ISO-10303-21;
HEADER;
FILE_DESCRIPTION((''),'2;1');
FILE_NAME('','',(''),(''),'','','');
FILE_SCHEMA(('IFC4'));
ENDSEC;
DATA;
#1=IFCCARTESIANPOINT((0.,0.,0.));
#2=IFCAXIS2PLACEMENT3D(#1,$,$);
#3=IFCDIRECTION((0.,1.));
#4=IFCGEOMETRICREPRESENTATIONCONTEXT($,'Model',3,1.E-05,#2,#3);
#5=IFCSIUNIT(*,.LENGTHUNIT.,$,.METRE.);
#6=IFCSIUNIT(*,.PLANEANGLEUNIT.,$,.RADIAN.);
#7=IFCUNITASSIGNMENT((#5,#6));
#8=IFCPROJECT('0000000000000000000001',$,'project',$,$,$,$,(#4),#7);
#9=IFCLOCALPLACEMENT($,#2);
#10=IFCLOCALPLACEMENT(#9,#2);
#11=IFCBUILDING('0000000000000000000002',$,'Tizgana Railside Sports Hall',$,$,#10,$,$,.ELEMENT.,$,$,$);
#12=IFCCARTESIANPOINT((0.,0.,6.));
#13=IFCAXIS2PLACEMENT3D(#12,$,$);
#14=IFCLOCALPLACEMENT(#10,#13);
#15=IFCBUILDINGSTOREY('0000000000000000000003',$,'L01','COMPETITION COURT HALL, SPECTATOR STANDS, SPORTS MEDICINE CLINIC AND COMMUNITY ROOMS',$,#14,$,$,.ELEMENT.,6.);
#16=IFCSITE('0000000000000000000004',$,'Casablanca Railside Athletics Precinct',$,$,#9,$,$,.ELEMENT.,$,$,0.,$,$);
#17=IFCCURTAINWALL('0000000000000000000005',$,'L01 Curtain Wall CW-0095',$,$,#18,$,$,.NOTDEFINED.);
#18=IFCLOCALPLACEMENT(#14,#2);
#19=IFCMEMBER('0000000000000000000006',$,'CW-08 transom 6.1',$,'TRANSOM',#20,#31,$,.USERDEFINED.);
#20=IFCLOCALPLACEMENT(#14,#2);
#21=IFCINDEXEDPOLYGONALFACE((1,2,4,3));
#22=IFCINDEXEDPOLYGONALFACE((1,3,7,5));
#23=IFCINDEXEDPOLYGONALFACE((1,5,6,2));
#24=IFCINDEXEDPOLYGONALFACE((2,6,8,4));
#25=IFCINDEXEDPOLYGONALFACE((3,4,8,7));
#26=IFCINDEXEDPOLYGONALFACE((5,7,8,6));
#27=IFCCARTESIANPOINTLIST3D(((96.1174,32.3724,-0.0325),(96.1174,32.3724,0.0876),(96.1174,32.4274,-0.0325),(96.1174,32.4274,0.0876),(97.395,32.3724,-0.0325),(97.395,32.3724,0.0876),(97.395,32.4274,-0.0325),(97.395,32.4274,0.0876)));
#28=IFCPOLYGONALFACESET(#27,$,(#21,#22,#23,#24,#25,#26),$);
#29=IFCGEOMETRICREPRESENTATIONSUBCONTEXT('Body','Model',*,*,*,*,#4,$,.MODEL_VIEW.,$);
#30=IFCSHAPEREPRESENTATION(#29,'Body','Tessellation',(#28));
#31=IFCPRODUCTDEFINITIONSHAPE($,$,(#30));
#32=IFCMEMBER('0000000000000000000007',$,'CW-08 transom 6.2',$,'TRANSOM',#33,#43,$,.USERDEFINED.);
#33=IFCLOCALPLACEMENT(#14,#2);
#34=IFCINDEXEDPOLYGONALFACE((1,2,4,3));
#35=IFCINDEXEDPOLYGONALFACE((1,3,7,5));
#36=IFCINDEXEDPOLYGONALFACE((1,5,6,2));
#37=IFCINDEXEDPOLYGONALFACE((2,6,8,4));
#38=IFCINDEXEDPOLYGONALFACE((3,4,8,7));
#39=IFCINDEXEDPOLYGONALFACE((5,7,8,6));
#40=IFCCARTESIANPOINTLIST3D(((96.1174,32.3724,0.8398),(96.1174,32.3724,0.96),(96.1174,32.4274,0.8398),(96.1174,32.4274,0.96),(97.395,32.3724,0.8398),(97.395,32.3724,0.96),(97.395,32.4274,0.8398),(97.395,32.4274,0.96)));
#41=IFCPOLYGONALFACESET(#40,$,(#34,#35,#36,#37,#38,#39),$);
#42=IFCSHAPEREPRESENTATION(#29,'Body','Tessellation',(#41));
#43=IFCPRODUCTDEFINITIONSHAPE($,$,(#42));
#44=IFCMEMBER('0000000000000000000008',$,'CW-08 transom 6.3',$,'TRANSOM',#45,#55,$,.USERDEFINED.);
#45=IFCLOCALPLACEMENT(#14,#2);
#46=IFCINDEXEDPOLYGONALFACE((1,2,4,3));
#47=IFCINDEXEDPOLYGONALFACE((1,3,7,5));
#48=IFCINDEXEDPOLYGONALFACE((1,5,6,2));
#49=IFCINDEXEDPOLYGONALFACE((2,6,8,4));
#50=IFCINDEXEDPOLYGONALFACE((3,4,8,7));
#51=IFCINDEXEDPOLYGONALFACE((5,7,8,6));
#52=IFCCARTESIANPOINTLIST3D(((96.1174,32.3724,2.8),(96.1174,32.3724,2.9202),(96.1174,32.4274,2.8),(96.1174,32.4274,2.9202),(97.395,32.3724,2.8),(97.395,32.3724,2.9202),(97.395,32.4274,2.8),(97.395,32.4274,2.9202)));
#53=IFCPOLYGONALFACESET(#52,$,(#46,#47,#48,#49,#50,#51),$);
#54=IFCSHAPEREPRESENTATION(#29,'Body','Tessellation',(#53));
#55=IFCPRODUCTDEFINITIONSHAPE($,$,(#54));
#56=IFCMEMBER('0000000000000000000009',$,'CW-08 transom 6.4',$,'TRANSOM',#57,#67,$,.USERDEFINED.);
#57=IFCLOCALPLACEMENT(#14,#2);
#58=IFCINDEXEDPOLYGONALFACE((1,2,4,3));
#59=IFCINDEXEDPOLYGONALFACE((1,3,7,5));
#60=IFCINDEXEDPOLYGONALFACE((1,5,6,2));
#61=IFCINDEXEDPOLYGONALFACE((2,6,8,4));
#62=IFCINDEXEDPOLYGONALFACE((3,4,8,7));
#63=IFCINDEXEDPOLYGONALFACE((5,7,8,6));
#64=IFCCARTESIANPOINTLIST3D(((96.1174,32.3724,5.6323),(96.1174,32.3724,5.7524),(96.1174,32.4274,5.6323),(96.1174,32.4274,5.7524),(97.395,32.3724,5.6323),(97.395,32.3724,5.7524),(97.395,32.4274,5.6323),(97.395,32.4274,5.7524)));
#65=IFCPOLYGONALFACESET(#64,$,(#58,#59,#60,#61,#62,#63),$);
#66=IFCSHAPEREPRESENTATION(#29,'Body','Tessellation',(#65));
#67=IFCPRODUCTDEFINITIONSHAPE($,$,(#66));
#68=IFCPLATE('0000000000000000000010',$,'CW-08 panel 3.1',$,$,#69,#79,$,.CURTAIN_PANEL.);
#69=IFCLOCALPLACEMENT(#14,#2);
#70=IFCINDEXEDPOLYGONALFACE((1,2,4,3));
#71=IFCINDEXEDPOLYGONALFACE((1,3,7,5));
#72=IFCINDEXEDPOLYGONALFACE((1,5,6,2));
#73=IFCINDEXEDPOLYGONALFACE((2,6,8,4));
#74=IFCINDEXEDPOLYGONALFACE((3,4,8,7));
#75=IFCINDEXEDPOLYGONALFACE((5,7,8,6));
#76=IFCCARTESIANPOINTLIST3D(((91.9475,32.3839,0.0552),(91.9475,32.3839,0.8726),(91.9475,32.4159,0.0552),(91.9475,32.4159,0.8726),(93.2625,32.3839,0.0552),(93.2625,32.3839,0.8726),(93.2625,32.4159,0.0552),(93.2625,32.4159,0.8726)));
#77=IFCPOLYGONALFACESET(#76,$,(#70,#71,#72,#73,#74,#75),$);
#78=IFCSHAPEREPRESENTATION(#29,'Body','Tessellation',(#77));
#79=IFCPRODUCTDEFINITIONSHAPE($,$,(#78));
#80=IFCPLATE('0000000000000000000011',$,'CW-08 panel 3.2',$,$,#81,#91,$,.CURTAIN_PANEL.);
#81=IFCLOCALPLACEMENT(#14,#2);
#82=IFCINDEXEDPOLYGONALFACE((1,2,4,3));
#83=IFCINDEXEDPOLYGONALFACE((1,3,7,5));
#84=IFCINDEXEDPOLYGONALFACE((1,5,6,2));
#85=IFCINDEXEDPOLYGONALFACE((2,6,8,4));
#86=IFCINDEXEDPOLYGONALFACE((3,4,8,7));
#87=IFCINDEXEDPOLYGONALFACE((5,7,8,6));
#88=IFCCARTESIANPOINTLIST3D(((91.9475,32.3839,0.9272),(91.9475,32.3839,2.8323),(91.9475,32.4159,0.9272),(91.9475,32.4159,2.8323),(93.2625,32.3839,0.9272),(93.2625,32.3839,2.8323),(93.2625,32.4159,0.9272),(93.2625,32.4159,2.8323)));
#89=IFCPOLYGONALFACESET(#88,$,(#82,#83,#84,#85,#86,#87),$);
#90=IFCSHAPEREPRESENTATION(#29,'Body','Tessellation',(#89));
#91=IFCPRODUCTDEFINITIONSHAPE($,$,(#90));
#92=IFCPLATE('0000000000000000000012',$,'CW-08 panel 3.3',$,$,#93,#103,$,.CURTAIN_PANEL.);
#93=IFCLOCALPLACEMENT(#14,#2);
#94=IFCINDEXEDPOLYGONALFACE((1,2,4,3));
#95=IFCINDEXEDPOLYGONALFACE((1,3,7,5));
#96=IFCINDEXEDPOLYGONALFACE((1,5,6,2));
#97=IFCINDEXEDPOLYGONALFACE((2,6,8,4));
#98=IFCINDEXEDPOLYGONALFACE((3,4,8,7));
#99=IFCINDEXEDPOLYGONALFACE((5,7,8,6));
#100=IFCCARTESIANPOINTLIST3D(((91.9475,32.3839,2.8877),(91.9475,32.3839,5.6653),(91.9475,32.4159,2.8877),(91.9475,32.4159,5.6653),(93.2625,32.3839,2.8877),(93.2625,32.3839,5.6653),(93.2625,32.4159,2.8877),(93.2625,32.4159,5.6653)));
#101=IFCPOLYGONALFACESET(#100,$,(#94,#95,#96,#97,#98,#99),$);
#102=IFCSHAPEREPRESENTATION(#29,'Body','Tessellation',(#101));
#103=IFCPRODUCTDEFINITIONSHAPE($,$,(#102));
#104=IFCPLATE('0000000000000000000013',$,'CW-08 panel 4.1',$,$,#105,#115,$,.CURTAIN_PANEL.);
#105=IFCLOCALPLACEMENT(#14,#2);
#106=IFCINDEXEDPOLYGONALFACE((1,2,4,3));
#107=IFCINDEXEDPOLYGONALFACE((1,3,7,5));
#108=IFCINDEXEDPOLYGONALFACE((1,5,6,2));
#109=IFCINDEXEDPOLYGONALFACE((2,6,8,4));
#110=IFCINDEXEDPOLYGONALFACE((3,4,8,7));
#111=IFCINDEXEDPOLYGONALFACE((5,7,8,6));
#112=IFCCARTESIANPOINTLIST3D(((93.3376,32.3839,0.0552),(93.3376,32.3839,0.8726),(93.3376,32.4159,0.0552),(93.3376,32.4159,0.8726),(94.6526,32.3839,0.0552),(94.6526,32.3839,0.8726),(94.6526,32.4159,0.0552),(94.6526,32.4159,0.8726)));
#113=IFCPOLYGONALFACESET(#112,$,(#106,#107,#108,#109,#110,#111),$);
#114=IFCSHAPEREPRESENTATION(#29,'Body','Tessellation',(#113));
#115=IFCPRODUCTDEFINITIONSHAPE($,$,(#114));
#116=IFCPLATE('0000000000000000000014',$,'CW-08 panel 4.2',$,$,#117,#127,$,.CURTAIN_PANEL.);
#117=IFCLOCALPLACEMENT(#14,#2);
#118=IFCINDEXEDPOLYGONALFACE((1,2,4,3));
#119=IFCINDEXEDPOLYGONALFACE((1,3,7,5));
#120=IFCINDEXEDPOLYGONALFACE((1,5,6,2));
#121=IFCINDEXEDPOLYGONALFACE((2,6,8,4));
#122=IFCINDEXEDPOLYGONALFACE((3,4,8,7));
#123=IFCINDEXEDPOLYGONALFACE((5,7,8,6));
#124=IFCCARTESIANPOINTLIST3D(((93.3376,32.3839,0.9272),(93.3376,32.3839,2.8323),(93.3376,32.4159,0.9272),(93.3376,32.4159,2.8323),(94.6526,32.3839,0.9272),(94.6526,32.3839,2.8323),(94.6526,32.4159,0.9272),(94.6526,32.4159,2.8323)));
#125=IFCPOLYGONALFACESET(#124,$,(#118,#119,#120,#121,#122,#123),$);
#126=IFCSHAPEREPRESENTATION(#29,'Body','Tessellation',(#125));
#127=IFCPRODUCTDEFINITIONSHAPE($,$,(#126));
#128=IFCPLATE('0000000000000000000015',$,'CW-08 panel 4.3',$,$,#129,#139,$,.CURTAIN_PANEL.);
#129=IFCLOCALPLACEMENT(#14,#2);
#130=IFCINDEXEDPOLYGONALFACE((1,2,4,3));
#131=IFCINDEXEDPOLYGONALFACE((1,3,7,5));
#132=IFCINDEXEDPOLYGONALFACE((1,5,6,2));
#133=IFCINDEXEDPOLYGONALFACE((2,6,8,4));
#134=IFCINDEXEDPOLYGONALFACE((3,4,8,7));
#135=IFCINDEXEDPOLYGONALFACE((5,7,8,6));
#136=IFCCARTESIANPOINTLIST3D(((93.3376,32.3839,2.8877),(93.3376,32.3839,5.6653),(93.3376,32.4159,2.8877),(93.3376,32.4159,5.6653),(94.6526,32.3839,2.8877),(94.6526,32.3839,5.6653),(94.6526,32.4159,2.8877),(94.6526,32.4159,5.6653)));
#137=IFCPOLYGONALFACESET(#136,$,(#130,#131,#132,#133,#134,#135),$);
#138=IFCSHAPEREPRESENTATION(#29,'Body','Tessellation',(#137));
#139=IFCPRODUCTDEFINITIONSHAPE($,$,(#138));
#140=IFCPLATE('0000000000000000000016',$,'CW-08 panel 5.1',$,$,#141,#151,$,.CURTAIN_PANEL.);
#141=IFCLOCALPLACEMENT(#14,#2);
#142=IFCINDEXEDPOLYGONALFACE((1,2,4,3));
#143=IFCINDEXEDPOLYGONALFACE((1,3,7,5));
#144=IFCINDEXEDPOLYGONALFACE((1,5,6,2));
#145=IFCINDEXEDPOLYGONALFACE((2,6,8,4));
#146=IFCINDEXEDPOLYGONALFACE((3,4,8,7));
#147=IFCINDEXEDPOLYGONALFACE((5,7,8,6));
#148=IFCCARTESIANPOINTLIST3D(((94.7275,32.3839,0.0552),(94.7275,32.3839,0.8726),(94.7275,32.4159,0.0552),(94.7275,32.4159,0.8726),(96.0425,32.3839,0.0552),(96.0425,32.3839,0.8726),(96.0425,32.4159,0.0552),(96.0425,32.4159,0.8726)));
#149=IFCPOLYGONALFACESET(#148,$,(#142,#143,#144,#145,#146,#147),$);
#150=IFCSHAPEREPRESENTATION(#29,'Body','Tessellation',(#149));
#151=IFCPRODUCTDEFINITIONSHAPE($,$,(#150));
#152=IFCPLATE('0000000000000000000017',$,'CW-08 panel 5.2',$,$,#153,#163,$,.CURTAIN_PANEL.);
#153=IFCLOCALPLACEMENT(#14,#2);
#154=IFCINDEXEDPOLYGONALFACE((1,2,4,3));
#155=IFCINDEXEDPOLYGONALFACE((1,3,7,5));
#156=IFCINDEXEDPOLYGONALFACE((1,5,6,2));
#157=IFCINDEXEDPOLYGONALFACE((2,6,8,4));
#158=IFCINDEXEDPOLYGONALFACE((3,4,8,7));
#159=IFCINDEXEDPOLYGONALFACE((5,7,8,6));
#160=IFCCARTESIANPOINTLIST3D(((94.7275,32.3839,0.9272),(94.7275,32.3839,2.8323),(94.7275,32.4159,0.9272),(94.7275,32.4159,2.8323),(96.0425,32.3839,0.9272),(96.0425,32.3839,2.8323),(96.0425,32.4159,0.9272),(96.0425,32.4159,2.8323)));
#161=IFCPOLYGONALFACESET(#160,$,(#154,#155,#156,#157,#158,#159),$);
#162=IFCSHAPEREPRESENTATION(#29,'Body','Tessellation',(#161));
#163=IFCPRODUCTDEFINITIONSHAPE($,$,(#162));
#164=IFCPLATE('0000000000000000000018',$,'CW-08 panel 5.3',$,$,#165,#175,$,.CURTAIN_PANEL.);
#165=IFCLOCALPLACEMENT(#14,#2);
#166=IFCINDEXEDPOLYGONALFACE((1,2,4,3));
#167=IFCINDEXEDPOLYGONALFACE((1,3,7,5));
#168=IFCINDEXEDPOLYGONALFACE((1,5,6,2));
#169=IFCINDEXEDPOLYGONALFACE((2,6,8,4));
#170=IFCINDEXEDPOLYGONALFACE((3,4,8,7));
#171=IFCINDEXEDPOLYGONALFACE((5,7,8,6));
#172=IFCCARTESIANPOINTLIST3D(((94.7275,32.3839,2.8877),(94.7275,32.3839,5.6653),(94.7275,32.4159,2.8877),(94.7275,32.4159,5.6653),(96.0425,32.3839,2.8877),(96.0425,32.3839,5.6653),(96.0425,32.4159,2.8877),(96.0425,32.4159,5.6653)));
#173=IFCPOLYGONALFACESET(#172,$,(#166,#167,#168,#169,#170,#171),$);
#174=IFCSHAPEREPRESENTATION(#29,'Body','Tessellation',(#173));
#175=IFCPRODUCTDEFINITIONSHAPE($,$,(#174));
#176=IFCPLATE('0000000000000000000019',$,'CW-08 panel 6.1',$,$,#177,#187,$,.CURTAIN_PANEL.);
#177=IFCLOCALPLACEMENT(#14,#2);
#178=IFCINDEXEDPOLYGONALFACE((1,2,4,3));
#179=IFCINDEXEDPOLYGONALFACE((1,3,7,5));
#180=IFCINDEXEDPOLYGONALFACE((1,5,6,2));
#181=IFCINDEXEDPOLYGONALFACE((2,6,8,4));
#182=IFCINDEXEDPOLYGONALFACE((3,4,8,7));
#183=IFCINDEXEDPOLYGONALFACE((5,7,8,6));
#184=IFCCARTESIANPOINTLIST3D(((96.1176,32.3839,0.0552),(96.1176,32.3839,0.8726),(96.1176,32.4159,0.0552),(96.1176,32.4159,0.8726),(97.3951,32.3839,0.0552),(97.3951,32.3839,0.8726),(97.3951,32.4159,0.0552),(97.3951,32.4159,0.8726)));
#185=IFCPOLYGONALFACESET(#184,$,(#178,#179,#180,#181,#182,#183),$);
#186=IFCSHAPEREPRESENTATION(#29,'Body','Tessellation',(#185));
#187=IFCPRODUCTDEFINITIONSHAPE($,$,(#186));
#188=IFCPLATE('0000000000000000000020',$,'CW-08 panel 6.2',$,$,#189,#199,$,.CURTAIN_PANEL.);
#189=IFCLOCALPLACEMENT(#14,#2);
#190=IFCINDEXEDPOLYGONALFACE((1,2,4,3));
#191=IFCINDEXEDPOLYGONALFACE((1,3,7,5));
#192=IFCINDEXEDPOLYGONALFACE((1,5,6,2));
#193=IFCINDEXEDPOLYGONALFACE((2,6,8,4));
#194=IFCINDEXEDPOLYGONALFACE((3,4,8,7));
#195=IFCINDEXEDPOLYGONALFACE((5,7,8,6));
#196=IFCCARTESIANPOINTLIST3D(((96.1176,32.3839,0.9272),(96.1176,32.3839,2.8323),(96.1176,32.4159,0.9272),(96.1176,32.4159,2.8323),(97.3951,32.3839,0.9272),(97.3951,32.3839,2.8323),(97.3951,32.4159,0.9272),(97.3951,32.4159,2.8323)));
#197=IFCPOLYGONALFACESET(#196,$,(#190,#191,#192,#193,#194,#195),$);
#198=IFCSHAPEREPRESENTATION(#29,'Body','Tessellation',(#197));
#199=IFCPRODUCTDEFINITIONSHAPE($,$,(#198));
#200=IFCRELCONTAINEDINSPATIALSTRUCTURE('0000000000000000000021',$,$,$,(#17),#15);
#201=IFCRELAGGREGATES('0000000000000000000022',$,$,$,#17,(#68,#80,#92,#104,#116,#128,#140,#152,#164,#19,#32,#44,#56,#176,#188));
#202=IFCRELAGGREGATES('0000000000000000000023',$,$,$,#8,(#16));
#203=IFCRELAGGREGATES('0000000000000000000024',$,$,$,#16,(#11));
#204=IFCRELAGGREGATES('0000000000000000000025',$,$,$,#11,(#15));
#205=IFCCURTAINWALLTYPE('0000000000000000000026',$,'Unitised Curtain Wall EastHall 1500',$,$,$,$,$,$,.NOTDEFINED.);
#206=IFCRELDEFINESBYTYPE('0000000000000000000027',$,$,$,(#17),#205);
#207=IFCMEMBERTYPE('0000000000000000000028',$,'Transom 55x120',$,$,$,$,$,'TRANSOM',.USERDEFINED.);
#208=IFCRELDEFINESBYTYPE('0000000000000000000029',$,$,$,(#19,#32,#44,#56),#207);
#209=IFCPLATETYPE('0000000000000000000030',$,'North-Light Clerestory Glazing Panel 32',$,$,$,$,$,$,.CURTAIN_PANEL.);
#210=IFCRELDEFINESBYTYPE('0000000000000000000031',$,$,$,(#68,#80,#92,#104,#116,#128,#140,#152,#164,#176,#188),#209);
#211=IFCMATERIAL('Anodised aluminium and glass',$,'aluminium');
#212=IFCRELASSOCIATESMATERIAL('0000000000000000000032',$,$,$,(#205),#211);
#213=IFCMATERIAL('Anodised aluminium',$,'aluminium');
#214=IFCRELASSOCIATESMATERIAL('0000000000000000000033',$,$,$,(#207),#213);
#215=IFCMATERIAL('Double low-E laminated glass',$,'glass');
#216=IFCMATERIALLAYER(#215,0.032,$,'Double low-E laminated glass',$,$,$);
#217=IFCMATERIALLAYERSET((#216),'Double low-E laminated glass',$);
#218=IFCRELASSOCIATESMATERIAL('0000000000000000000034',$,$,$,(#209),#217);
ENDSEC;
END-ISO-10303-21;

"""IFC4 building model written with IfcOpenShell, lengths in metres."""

from ifc_helpers import new_model, si_unit, direction, frame, origin, origin_2d, place, context, subcontext, project, spatial, rectangle, extrude, material, layer, layer_set, material_profile, profile_set, type_object, element, aggregate, save


model = new_model("IFC4")

# Units and contexts
model_context = context("Model", 3, precision=1e-05, world=origin(), true_north=direction((0.0, 1.0)))
body_context = subcontext(model_context, "Body", "Model", "MODEL_VIEW")
ifc_project = project(units=[si_unit("LENGTHUNIT", "METRE"), si_unit("PLANEANGLEUNIT", "RADIAN")], contexts=[model_context])

# Site, building, storey
site_placement = place(None, origin())
site = spatial("IfcSite", under=ifc_project, at=site_placement, Name="Casablanca Railside Athletics Precinct", CompositionType="ELEMENT", RefElevation=0.0)
building_placement = place(site_placement, origin())
building = spatial("IfcBuilding", under=site, at=building_placement, Name="Tizgana Railside Sports Hall", CompositionType="ELEMENT")
storey_placement = place(building_placement, frame((0.0, 0.0, 6.0)))
storey = spatial("IfcBuildingStorey", under=building, at=storey_placement, Name="L01", Description="COMPETITION COURT HALL, SPECTATOR STANDS, SPORTS MEDICINE CLINIC AND COMMUNITY ROOMS", CompositionType="ELEMENT", Elevation=6.0)

# Curtain wall, members, plates
ifc_material_1 = material(Name="Anodised aluminium and glass", Category="aluminium")
curtain_wall_type = type_object("IfcCurtainWallType", Name="Unitised Curtain Wall EastHall 1500", PredefinedType="NOTDEFINED", material=ifc_material_1)
curtain_wall_placement = place(storey_placement, origin())
curtain_wall = element("IfcCurtainWall", 1, at=curtain_wall_placement, inside=storey, type_object=curtain_wall_type, Name="L01 Curtain Wall CW-0095", PredefinedType="NOTDEFINED")
ifc_material_2 = material(Name="Anodised aluminium", Category="aluminium")
ifc_material_profile_1 = material_profile(ifc_material_2, rectangle(XDim=0.0549, YDim=0.1201, at=origin_2d()), Name="Transom 55x120")
ifc_profile_set_1 = profile_set([ifc_material_profile_1], Name="Anodised aluminium")
member_type_1 = type_object("IfcMemberType", Name="Transom 55x120", ElementType="TRANSOM", PredefinedType="USERDEFINED", material=ifc_profile_set_1)
member_1_placement = place(storey_placement, frame((96.1174, 32.3999, 0.0276), z_axis=(1.0, 0.0, 0.0), x_axis=(0.0, 1.0, 0.0)))
member_1 = element("IfcMember", 2, at=member_1_placement, type_object=member_type_1, Name="CW-08 transom 6.1", ObjectType="TRANSOM", PredefinedType="USERDEFINED", context=body_context, shape_type="SweptSolid", body=[
    extrude(rectangle(XDim=0.0549, YDim=0.1201, at=origin_2d()), origin(), (0.0, 0.0, 1.0), 1.2776),
])
member_2_placement = place(storey_placement, frame((96.1174, 32.3999, 0.8999), z_axis=(1.0, 0.0, 0.0), x_axis=(0.0, 1.0, 0.0)))
member_2 = element("IfcMember", 3, at=member_2_placement, type_object=member_type_1, Name="CW-08 transom 6.2", ObjectType="TRANSOM", PredefinedType="USERDEFINED", context=body_context, shape_type="SweptSolid", body=[
    extrude(rectangle(XDim=0.0549, YDim=0.1201, at=origin_2d()), origin(), (0.0, 0.0, 1.0), 1.2776),
])
member_3_placement = place(storey_placement, frame((96.1174, 32.3999, 2.8601), z_axis=(1.0, 0.0, 0.0), x_axis=(0.0, 1.0, 0.0)))
member_3 = element("IfcMember", 4, at=member_3_placement, type_object=member_type_1, Name="CW-08 transom 6.3", ObjectType="TRANSOM", PredefinedType="USERDEFINED", context=body_context, shape_type="SweptSolid", body=[
    extrude(rectangle(XDim=0.0549, YDim=0.1201, at=origin_2d()), origin(), (0.0, 0.0, 1.0), 1.2776),
])
member_4_placement = place(storey_placement, frame((96.1174, 32.3999, 5.6924), z_axis=(1.0, 0.0, 0.0), x_axis=(0.0, 1.0, 0.0)))
member_4 = element("IfcMember", 5, at=member_4_placement, type_object=member_type_1, Name="CW-08 transom 6.4", ObjectType="TRANSOM", PredefinedType="USERDEFINED", context=body_context, shape_type="SweptSolid", body=[
    extrude(rectangle(XDim=0.0549, YDim=0.1201, at=origin_2d()), origin(), (0.0, 0.0, 1.0), 1.2776),
])
ifc_material_3 = material(Name="Double low-E laminated glass", Category="glass")
ifc_layer_1 = layer(ifc_material_3, 0.032, Name="Double low-E laminated glass")
ifc_layer_set_1 = layer_set([ifc_layer_1], Name="Double low-E laminated glass")
plate_type = type_object("IfcPlateType", Name="North-Light Clerestory Glazing Panel 32", PredefinedType="CURTAIN_PANEL", material=ifc_layer_set_1)
plate_1_placement = place(storey_placement, frame((92.605, 32.3999, 0.0552), z_axis=(0.0, 0.0, 1.0), x_axis=(1.0, 0.0, 0.0)))
plate_1 = element("IfcPlate", 6, at=plate_1_placement, type_object=plate_type, Name="CW-08 panel 3.1", PredefinedType="CURTAIN_PANEL", context=body_context, shape_type="SweptSolid", body=[
    extrude(rectangle(XDim=1.3149, YDim=0.032, at=origin_2d()), origin(), (0.0, 0.0, 1.0), 0.8174),
])
plate_2_placement = place(storey_placement, frame((92.605, 32.3999, 0.9272), z_axis=(0.0, 0.0, 1.0), x_axis=(1.0, 0.0, 0.0)))
plate_2 = element("IfcPlate", 7, at=plate_2_placement, type_object=plate_type, Name="CW-08 panel 3.2", PredefinedType="CURTAIN_PANEL", context=body_context, shape_type="SweptSolid", body=[
    extrude(rectangle(XDim=1.3149, YDim=0.032, at=origin_2d()), origin(), (0.0, 0.0, 1.0), 1.905),
])
plate_3_placement = place(storey_placement, frame((92.605, 32.3999, 2.8877), z_axis=(0.0, 0.0, 1.0), x_axis=(1.0, 0.0, 0.0)))
plate_3 = element("IfcPlate", 8, at=plate_3_placement, type_object=plate_type, Name="CW-08 panel 3.3", PredefinedType="CURTAIN_PANEL", context=body_context, shape_type="SweptSolid", body=[
    extrude(rectangle(XDim=1.3149, YDim=0.032, at=origin_2d()), origin(), (0.0, 0.0, 1.0), 2.7776),
])
plate_4_placement = place(storey_placement, frame((93.9951, 32.3999, 0.0552), z_axis=(0.0, 0.0, 1.0), x_axis=(1.0, 0.0, 0.0)))
plate_4 = element("IfcPlate", 9, at=plate_4_placement, type_object=plate_type, Name="CW-08 panel 4.1", PredefinedType="CURTAIN_PANEL", context=body_context, shape_type="SweptSolid", body=[
    extrude(rectangle(XDim=1.3149, YDim=0.032, at=origin_2d()), origin(), (0.0, 0.0, 1.0), 0.8174),
])
plate_5_placement = place(storey_placement, frame((93.9951, 32.3999, 0.9272), z_axis=(0.0, 0.0, 1.0), x_axis=(1.0, 0.0, 0.0)))
plate_5 = element("IfcPlate", 10, at=plate_5_placement, type_object=plate_type, Name="CW-08 panel 4.2", PredefinedType="CURTAIN_PANEL", context=body_context, shape_type="SweptSolid", body=[
    extrude(rectangle(XDim=1.3149, YDim=0.032, at=origin_2d()), origin(), (0.0, 0.0, 1.0), 1.905),
])
plate_6_placement = place(storey_placement, frame((93.9951, 32.3999, 2.8877), z_axis=(0.0, 0.0, 1.0), x_axis=(1.0, 0.0, 0.0)))
plate_6 = element("IfcPlate", 11, at=plate_6_placement, type_object=plate_type, Name="CW-08 panel 4.3", PredefinedType="CURTAIN_PANEL", context=body_context, shape_type="SweptSolid", body=[
    extrude(rectangle(XDim=1.3149, YDim=0.032, at=origin_2d()), origin(), (0.0, 0.0, 1.0), 2.7776),
])
plate_7_placement = place(storey_placement, frame((95.385, 32.3999, 0.0552), z_axis=(0.0, 0.0, 1.0), x_axis=(1.0, 0.0, 0.0)))
plate_7 = element("IfcPlate", 12, at=plate_7_placement, type_object=plate_type, Name="CW-08 panel 5.1", PredefinedType="CURTAIN_PANEL", context=body_context, shape_type="SweptSolid", body=[
    extrude(rectangle(XDim=1.3149, YDim=0.032, at=origin_2d()), origin(), (0.0, 0.0, 1.0), 0.8174),
])
plate_8_placement = place(storey_placement, frame((95.385, 32.3999, 0.9272), z_axis=(0.0, 0.0, 1.0), x_axis=(1.0, 0.0, 0.0)))
plate_8 = element("IfcPlate", 13, at=plate_8_placement, type_object=plate_type, Name="CW-08 panel 5.2", PredefinedType="CURTAIN_PANEL", context=body_context, shape_type="SweptSolid", body=[
    extrude(rectangle(XDim=1.3149, YDim=0.032, at=origin_2d()), origin(), (0.0, 0.0, 1.0), 1.905),
])
plate_9_placement = place(storey_placement, frame((95.385, 32.3999, 2.8877), z_axis=(0.0, 0.0, 1.0), x_axis=(1.0, 0.0, 0.0)))
plate_9 = element("IfcPlate", 14, at=plate_9_placement, type_object=plate_type, Name="CW-08 panel 5.3", PredefinedType="CURTAIN_PANEL", context=body_context, shape_type="SweptSolid", body=[
    extrude(rectangle(XDim=1.3149, YDim=0.032, at=origin_2d()), origin(), (0.0, 0.0, 1.0), 2.7776),
])
plate_10_placement = place(storey_placement, frame((96.7563, 32.3999, 0.0552), z_axis=(0.0, 0.0, 1.0), x_axis=(1.0, 0.0, 0.0)))
plate_10 = element("IfcPlate", 15, at=plate_10_placement, type_object=plate_type, Name="CW-08 panel 6.1", PredefinedType="CURTAIN_PANEL", context=body_context, shape_type="SweptSolid", body=[
    extrude(rectangle(XDim=1.2776, YDim=0.032, at=origin_2d()), origin(), (0.0, 0.0, 1.0), 0.8174),
])
plate_11_placement = place(storey_placement, frame((96.7563, 32.3999, 0.9272), z_axis=(0.0, 0.0, 1.0), x_axis=(1.0, 0.0, 0.0)))
plate_11 = element("IfcPlate", 16, at=plate_11_placement, type_object=plate_type, Name="CW-08 panel 6.2", PredefinedType="CURTAIN_PANEL", context=body_context, shape_type="SweptSolid", body=[
    extrude(rectangle(XDim=1.2776, YDim=0.032, at=origin_2d()), origin(), (0.0, 0.0, 1.0), 1.905),
])
aggregate(curtain_wall, [plate_1, plate_2, plate_3, plate_4, plate_5, plate_6, plate_7, plate_8, plate_9, member_1, member_2, member_3, member_4, plate_10, plate_11])

save(model, "model.ifc")
